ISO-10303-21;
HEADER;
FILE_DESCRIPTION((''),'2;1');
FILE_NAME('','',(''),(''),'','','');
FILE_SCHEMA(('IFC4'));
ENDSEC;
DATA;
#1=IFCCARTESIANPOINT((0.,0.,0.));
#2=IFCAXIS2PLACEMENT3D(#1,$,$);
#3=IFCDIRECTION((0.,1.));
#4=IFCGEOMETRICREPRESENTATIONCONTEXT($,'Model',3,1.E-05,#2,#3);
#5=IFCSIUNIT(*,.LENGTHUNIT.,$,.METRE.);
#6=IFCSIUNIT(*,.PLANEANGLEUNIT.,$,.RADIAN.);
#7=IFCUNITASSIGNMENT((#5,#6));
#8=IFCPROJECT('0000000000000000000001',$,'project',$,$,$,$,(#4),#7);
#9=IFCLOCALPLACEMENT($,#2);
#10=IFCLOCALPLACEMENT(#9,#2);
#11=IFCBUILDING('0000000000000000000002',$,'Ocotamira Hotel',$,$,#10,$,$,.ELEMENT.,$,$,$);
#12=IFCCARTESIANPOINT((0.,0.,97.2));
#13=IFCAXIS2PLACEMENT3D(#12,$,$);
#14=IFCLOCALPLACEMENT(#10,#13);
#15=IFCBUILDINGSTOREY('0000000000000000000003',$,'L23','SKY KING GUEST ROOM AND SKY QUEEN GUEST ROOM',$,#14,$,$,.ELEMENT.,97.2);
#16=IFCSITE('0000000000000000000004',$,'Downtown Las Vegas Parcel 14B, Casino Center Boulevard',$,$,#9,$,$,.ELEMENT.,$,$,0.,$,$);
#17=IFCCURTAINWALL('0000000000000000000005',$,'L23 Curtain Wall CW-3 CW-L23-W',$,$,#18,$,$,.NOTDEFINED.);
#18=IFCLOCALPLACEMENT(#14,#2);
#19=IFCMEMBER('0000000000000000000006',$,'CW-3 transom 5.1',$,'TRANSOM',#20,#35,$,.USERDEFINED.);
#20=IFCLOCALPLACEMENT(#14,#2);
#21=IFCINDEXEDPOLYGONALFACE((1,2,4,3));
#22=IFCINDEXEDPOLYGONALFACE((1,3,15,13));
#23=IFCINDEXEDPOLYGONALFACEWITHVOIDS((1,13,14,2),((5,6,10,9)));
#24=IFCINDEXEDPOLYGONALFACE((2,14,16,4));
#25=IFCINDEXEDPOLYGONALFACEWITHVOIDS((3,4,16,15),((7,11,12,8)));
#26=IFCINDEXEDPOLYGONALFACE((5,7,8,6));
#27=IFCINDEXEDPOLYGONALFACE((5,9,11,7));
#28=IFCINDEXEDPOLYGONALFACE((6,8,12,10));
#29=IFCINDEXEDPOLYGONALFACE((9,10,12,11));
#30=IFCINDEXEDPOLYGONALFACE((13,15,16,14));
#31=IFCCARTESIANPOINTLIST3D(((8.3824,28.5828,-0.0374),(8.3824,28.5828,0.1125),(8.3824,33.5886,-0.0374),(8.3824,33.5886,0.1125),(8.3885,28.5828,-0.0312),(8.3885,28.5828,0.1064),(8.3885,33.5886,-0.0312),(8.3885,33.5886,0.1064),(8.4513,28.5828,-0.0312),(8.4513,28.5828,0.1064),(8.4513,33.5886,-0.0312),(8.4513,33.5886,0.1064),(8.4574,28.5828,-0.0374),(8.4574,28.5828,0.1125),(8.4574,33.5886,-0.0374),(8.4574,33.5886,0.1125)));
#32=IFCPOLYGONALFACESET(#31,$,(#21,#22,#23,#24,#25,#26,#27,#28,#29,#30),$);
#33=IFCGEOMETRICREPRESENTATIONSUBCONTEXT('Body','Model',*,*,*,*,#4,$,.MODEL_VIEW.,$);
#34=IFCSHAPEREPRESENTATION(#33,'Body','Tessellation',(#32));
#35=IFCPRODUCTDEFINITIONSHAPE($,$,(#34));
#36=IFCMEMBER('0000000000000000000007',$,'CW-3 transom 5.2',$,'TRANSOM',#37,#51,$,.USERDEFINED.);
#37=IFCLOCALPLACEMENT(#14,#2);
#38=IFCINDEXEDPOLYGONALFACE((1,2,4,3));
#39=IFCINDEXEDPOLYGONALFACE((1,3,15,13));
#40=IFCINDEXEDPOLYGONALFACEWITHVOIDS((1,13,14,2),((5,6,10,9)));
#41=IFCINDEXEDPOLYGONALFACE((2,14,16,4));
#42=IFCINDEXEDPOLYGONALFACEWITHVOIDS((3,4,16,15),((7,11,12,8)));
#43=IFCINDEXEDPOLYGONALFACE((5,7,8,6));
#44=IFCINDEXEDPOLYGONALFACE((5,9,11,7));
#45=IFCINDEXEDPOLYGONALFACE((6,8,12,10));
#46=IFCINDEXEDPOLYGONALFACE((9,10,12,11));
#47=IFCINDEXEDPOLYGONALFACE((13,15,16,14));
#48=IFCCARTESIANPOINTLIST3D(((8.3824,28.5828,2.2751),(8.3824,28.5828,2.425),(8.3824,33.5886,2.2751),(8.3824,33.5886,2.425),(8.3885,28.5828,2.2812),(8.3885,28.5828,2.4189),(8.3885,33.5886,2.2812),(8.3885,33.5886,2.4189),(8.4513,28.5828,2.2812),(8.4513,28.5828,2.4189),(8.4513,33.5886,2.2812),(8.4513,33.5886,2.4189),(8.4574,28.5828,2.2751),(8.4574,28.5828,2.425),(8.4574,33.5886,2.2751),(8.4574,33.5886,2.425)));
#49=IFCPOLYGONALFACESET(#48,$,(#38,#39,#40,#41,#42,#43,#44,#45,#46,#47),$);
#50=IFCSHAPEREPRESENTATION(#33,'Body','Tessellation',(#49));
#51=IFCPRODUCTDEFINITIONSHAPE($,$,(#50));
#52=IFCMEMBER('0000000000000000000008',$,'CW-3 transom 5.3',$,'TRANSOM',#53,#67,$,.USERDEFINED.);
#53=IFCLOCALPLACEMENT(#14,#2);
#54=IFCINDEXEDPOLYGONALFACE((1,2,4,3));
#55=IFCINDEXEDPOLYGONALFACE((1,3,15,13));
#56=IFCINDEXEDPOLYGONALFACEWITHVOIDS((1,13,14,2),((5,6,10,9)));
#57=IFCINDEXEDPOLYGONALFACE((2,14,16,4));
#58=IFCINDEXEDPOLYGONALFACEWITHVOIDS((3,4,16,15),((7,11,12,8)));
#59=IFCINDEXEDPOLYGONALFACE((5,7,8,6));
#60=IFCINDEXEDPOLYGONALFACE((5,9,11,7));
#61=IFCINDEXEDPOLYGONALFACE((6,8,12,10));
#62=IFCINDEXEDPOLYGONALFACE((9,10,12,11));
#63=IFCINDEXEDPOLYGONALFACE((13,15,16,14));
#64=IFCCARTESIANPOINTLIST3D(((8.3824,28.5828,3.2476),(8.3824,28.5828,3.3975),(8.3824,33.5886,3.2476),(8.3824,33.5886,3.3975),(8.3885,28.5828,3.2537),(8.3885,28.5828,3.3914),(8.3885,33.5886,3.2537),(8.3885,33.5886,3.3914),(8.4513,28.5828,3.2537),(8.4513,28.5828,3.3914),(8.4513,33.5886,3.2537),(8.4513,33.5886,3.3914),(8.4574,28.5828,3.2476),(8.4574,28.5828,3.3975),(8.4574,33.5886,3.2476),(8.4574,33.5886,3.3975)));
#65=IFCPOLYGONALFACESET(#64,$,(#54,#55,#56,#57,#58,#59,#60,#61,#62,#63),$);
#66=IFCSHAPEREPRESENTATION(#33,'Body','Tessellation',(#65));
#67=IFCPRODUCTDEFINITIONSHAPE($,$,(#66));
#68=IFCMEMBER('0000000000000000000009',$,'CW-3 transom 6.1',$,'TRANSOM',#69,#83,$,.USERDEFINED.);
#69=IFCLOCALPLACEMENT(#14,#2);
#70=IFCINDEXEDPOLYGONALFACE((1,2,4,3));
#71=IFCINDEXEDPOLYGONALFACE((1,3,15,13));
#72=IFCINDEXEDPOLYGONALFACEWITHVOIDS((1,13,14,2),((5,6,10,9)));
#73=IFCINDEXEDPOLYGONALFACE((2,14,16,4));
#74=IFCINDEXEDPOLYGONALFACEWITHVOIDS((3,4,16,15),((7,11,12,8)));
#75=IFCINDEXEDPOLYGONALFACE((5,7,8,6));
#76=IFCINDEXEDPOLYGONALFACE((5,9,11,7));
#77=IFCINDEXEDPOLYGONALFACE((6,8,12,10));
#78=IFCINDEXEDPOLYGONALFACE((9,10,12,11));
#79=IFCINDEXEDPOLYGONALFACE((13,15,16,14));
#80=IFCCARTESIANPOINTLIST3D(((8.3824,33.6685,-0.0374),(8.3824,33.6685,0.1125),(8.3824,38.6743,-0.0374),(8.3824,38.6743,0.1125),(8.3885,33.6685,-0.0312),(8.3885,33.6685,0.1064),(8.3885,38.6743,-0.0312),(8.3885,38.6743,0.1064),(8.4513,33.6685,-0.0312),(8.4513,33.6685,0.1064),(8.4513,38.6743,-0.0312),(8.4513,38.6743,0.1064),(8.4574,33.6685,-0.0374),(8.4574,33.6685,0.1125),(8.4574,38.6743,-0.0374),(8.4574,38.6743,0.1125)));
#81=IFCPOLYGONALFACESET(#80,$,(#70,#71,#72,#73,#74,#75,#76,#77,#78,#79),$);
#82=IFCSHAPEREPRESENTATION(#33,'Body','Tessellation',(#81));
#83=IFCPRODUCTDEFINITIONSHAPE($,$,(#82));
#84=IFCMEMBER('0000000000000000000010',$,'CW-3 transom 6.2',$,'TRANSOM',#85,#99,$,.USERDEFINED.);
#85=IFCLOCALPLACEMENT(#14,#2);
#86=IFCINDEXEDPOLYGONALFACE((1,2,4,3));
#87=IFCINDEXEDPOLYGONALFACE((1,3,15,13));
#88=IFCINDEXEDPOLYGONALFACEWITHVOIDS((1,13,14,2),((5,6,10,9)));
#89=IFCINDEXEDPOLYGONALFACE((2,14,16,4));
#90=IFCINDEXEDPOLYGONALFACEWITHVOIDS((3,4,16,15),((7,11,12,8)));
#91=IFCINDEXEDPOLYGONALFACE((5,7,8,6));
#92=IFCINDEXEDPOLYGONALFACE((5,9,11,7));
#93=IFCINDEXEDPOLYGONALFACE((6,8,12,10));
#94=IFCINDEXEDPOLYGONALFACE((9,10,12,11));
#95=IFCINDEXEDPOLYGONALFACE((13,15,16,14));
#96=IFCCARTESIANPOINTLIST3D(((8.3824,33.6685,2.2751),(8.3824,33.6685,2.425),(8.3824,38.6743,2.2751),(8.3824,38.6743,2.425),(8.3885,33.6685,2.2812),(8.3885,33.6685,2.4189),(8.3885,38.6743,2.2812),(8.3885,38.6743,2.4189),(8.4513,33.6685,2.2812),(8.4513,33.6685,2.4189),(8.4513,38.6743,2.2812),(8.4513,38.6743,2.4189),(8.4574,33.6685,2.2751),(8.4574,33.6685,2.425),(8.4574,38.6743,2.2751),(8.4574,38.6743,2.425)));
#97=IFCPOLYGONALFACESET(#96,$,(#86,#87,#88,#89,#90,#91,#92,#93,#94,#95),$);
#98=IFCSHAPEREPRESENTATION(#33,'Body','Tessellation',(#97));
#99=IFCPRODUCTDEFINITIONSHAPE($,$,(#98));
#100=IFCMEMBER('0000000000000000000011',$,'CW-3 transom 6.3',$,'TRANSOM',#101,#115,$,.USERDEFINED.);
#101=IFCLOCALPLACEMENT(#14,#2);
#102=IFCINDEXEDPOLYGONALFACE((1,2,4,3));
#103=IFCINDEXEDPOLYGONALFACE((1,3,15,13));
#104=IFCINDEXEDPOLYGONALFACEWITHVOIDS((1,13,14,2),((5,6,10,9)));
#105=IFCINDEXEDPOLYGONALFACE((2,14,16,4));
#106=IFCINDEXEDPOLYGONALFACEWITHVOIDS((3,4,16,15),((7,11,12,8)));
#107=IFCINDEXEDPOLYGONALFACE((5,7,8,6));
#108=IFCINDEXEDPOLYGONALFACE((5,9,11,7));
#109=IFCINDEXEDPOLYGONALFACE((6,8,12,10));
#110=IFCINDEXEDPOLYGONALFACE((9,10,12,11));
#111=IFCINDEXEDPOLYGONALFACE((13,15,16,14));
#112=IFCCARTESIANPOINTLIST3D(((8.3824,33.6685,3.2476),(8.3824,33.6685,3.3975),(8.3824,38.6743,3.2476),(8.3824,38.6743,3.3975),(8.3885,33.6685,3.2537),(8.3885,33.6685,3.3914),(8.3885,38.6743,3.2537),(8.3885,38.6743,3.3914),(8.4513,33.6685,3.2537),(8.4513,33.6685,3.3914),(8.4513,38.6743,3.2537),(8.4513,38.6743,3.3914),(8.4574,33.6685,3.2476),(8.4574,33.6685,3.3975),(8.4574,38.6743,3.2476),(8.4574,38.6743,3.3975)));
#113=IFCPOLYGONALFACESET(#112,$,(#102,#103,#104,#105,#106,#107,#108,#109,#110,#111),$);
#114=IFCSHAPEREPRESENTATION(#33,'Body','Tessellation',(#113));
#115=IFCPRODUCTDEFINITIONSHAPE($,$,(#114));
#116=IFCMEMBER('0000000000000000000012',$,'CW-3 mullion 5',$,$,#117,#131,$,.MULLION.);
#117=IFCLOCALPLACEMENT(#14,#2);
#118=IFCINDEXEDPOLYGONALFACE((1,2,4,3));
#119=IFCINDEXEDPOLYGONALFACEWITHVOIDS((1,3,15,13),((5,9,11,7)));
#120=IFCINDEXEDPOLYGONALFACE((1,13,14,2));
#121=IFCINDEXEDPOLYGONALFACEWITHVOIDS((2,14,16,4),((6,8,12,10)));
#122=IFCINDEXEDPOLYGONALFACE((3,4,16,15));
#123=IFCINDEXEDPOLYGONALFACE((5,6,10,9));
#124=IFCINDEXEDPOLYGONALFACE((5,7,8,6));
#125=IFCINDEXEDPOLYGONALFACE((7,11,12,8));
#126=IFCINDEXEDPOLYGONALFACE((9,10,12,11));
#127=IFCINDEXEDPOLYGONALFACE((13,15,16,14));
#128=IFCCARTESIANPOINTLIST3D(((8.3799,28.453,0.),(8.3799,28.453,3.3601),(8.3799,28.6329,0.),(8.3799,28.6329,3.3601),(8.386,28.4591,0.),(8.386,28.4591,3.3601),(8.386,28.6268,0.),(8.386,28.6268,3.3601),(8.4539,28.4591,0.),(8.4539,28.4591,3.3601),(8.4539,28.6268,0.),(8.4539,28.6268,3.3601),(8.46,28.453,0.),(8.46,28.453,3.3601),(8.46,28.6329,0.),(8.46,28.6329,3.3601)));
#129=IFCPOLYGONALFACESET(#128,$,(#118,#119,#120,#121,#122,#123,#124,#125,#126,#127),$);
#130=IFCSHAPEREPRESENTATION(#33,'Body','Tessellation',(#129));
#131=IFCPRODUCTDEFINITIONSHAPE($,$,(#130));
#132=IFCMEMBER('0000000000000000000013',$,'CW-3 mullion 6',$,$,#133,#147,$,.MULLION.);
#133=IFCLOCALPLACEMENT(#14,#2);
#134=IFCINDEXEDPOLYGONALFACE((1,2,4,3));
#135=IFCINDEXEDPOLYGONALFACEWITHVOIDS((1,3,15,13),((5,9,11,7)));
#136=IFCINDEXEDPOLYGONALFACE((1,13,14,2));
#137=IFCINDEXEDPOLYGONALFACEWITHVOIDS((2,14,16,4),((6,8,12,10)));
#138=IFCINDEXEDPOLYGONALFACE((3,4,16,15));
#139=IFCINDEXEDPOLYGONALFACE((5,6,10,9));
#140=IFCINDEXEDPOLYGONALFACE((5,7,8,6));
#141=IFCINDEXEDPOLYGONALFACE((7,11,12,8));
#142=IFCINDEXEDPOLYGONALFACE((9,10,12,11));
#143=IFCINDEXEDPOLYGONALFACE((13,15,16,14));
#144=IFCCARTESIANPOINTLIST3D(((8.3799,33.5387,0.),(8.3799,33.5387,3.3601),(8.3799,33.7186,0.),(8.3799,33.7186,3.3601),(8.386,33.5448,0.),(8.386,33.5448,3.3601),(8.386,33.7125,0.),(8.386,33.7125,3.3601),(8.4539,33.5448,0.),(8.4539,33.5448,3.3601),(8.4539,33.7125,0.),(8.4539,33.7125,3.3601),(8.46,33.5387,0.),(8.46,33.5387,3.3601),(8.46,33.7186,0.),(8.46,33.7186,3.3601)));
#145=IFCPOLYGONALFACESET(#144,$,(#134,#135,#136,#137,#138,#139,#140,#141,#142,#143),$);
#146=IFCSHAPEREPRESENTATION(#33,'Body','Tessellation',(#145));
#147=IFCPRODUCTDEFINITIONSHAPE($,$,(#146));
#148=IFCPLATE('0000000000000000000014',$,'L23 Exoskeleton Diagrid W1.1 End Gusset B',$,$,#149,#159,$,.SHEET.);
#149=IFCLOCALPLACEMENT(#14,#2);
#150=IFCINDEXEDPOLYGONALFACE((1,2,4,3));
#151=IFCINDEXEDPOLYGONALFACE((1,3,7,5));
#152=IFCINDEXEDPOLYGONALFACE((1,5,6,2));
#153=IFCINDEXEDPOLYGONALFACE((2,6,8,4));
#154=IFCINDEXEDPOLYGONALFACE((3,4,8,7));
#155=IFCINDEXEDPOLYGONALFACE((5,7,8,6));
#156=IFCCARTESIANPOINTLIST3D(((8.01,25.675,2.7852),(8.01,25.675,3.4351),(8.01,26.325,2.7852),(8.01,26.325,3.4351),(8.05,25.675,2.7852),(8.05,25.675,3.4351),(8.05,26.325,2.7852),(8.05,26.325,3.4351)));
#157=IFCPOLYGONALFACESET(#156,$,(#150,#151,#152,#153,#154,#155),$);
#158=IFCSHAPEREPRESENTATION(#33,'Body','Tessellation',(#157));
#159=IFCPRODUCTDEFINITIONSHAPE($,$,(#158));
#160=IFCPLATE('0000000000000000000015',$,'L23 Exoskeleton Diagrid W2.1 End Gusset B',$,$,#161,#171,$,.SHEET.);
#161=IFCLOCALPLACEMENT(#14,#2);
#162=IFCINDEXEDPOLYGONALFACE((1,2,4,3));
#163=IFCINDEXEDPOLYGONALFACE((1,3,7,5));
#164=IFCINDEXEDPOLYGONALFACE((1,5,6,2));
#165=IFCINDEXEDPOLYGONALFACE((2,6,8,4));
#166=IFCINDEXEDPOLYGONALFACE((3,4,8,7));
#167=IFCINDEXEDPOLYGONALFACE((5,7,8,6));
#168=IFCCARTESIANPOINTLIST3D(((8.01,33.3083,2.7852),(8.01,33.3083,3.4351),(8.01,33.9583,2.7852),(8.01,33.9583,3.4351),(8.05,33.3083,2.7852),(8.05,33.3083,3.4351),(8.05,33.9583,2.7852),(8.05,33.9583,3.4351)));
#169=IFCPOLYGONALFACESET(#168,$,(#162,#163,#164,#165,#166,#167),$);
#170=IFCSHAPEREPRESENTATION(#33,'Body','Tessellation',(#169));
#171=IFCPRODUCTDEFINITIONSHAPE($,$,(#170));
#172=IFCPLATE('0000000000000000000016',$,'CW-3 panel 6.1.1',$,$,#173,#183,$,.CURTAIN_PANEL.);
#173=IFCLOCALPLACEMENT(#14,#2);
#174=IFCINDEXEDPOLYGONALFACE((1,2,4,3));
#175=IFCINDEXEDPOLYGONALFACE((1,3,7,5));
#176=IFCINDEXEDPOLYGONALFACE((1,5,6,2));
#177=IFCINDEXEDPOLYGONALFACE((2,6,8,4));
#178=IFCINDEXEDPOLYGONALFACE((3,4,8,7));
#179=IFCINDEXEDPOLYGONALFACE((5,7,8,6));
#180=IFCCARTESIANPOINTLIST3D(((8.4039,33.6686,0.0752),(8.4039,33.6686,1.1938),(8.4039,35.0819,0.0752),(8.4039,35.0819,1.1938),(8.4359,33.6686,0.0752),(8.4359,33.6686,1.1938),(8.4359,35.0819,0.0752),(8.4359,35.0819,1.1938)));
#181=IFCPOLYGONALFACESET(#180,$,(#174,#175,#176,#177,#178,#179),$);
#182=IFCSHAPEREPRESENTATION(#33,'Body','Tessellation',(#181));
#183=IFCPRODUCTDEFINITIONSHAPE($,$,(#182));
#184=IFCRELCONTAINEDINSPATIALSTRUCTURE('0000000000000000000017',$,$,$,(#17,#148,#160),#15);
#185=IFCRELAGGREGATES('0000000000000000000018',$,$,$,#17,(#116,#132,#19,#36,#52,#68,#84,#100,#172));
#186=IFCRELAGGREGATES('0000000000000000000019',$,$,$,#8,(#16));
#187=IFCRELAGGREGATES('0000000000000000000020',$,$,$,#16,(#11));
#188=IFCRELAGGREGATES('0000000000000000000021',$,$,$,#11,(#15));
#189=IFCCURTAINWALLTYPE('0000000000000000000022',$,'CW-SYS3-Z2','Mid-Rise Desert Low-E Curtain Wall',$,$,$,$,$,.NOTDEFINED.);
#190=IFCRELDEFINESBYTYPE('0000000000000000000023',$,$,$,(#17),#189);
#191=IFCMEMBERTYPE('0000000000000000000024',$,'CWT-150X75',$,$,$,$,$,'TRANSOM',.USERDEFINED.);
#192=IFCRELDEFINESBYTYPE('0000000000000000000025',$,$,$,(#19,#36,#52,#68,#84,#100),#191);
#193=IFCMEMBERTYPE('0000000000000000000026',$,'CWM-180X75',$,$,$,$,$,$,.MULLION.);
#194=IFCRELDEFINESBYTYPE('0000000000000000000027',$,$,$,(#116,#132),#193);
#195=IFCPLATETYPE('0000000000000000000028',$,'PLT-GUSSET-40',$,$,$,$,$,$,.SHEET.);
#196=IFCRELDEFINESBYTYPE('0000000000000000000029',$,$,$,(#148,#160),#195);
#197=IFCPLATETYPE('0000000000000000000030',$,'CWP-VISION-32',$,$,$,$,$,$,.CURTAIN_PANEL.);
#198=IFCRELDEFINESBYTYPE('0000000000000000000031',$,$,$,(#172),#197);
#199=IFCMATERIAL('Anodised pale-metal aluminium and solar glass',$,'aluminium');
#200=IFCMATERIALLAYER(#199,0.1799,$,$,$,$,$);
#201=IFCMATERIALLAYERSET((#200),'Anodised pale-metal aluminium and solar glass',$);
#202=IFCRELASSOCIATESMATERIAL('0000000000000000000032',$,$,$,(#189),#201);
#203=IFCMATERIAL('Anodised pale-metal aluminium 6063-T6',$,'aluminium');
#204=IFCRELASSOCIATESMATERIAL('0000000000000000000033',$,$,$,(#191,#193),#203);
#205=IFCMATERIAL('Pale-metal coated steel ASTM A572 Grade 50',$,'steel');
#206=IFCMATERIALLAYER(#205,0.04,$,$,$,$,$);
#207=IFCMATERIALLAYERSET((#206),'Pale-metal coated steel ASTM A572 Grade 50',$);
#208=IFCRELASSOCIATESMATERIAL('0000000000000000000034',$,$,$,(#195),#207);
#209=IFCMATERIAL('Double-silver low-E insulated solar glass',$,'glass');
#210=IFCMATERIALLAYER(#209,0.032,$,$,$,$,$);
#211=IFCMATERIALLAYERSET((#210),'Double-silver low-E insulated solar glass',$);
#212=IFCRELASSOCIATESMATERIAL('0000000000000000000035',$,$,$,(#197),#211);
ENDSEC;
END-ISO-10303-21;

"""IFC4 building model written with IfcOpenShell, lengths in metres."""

from ifc_helpers import new_model, si_unit, direction, frame, origin, origin_2d, place, context, subcontext, project, spatial, rectangle, hollow_rectangle, extrude, source, transform, mapped, material, layer, layer_set, material_profile, profile_set, type_object, element, aggregate, save


model = new_model("IFC4")

# Units and contexts
model_context = context("Model", 3, precision=1e-05, world=origin(), true_north=direction((0.0, 1.0)))
body_context = subcontext(model_context, "Body", "Model", "MODEL_VIEW")
ifc_project = project(units=[si_unit("LENGTHUNIT", "METRE"), si_unit("PLANEANGLEUNIT", "RADIAN")], contexts=[model_context])

# Site, building, storey
site_placement = place(None, origin())
site = spatial("IfcSite", under=ifc_project, at=site_placement, Name="Downtown Las Vegas Parcel 14B, Casino Center Boulevard", CompositionType="ELEMENT", RefElevation=0.0)
building_placement = place(site_placement, origin())
building = spatial("IfcBuilding", under=site, at=building_placement, Name="Ocotamira Hotel", CompositionType="ELEMENT")
storey_placement = place(building_placement, frame((0.0, 0.0, 97.2)))
storey = spatial("IfcBuildingStorey", under=building, at=storey_placement, Name="L23", Description="SKY KING GUEST ROOM AND SKY QUEEN GUEST ROOM", CompositionType="ELEMENT", Elevation=97.2)

# Curtain wall, members
ifc_material_1 = material(Name="Anodised pale-metal aluminium and solar glass", Category="aluminium")
ifc_layer_1 = layer(ifc_material_1, 0.1799)
ifc_layer_set_1 = layer_set([ifc_layer_1], Name="Anodised pale-metal aluminium and solar glass")
curtain_wall_type = type_object("IfcCurtainWallType", Name="CW-SYS3-Z2", Description="Mid-Rise Desert Low-E Curtain Wall", PredefinedType="NOTDEFINED", material=ifc_layer_set_1)
curtain_wall_placement = place(storey_placement, origin())
curtain_wall = element("IfcCurtainWall", 1, at=curtain_wall_placement, inside=storey, type_object=curtain_wall_type, Name="L23 Curtain Wall CW-3 CW-L23-W", PredefinedType="NOTDEFINED")
ifc_material_2 = material(Name="Anodised pale-metal aluminium 6063-T6", Category="aluminium")
ifc_material_profile_1 = material_profile(ifc_material_2, hollow_rectangle(XDim=0.075, YDim=0.1499, WallThickness=0.0061, at=origin_2d()), Name="HSS150X75X6")
ifc_profile_set_1 = profile_set([ifc_material_profile_1], Name="Anodised pale-metal aluminium 6063-T6")
member_type_1 = type_object("IfcMemberType", Name="CWT-150X75", ElementType="TRANSOM", PredefinedType="USERDEFINED", material=ifc_profile_set_1)
shared_shape_1 = source(origin(), body_context, "Body", "SweptSolid", [
    extrude(hollow_rectangle(XDim=0.075, YDim=0.1499, WallThickness=0.0061, at=origin_2d()), origin(), (0.0, 0.0, 1.0), 5.0059),
])
member_1_placement = place(storey_placement, frame((8.4199, 28.5828, 0.0376), z_axis=(0.0, 1.0, 0.0), x_axis=(-1.0, 0.0, 0.0)))
member_1 = element("IfcMember", 2, at=member_1_placement, type_object=member_type_1, Name="CW-3 transom 5.1", ObjectType="TRANSOM", PredefinedType="USERDEFINED", context=body_context, shape_type="MappedRepresentation", body=[
    mapped(shared_shape_1, transform((0.0, 0.0, 0.0), scale=1.0)),
])
member_2_placement = place(storey_placement, frame((8.4199, 28.5828, 2.3501), z_axis=(0.0, 1.0, 0.0), x_axis=(-1.0, 0.0, 0.0)))
member_2 = element("IfcMember", 3, at=member_2_placement, type_object=member_type_1, Name="CW-3 transom 5.2", ObjectType="TRANSOM", PredefinedType="USERDEFINED", context=body_context, shape_type="MappedRepresentation", body=[
    mapped(shared_shape_1, transform((0.0, 0.0, 0.0), scale=1.0)),
])
member_3_placement = place(storey_placement, frame((8.4199, 28.5828, 3.3225), z_axis=(0.0, 1.0, 0.0), x_axis=(-1.0, 0.0, 0.0)))
member_3 = element("IfcMember", 4, at=member_3_placement, type_object=member_type_1, Name="CW-3 transom 5.3", ObjectType="TRANSOM", PredefinedType="USERDEFINED", context=body_context, shape_type="MappedRepresentation", body=[
    mapped(shared_shape_1, transform((0.0, 0.0, 0.0), scale=1.0)),
])
member_4_placement = place(storey_placement, frame((8.4199, 33.6685, 0.0376), z_axis=(0.0, 1.0, 0.0), x_axis=(-1.0, 0.0, 0.0)))
member_4 = element("IfcMember", 5, at=member_4_placement, type_object=member_type_1, Name="CW-3 transom 6.1", ObjectType="TRANSOM", PredefinedType="USERDEFINED", context=body_context, shape_type="MappedRepresentation", body=[
    mapped(shared_shape_1, transform((0.0, 0.0, 0.0), scale=1.0)),
])
member_5_placement = place(storey_placement, frame((8.4199, 33.6685, 2.3501), z_axis=(0.0, 1.0, 0.0), x_axis=(-1.0, 0.0, 0.0)))
member_5 = element("IfcMember", 6, at=member_5_placement, type_object=member_type_1, Name="CW-3 transom 6.2", ObjectType="TRANSOM", PredefinedType="USERDEFINED", context=body_context, shape_type="MappedRepresentation", body=[
    mapped(shared_shape_1, transform((0.0, 0.0, 0.0), scale=1.0)),
])
member_6_placement = place(storey_placement, frame((8.4199, 33.6685, 3.3225), z_axis=(0.0, 1.0, 0.0), x_axis=(-1.0, 0.0, 0.0)))
member_6 = element("IfcMember", 7, at=member_6_placement, type_object=member_type_1, Name="CW-3 transom 6.3", ObjectType="TRANSOM", PredefinedType="USERDEFINED", context=body_context, shape_type="MappedRepresentation", body=[
    mapped(shared_shape_1, transform((0.0, 0.0, 0.0), scale=1.0)),
])
ifc_material_profile_2 = material_profile(ifc_material_2, hollow_rectangle(XDim=0.0801, YDim=0.1799, WallThickness=0.0061, at=origin_2d()), Name="HSS180X80X6")
ifc_profile_set_2 = profile_set([ifc_material_profile_2], Name="Anodised pale-metal aluminium 6063-T6")
member_type_2 = type_object("IfcMemberType", Name="CWM-180X75", PredefinedType="MULLION", material=ifc_profile_set_2)
shared_shape_2 = source(origin(), body_context, "Body", "SweptSolid", [
    extrude(hollow_rectangle(XDim=0.0801, YDim=0.1799, WallThickness=0.0061, at=origin_2d()), origin(), (0.0, 0.0, 1.0), 3.3601),
])
member_7_placement = place(storey_placement, frame((8.4199, 28.543, 0.0), z_axis=(0.0, 0.0, 1.0), x_axis=(-1.0, 0.0, 0.0)))
member_7 = element("IfcMember", 8, at=member_7_placement, type_object=member_type_2, Name="CW-3 mullion 5", PredefinedType="MULLION", context=body_context, shape_type="MappedRepresentation", body=[
    mapped(shared_shape_2, transform((0.0, 0.0, 0.0), scale=1.0)),
])
member_8_placement = place(storey_placement, frame((8.4199, 33.6287, 0.0), z_axis=(0.0, 0.0, 1.0), x_axis=(-1.0, 0.0, 0.0)))
member_8 = element("IfcMember", 9, at=member_8_placement, type_object=member_type_2, Name="CW-3 mullion 6", PredefinedType="MULLION", context=body_context, shape_type="MappedRepresentation", body=[
    mapped(shared_shape_2, transform((0.0, 0.0, 0.0), scale=1.0)),
])

# Plates
ifc_material_3 = material(Name="Pale-metal coated steel ASTM A572 Grade 50", Category="steel")
ifc_layer_2 = layer(ifc_material_3, 0.04)
ifc_layer_set_2 = layer_set([ifc_layer_2], Name="Pale-metal coated steel ASTM A572 Grade 50")
plate_type_1 = type_object("IfcPlateType", Name="PLT-GUSSET-40", PredefinedType="SHEET", material=ifc_layer_set_2)
shared_shape_3 = source(origin(), body_context, "Body", "SweptSolid", [
    extrude(rectangle(XDim=0.04, YDim=0.6499, at=origin_2d()), origin(), (0.0, 0.0, 1.0), 0.6499),
])
for number, where, z_axis, x_axis, name in (
    (10, (8.03, 26.0, 2.7852), (0.0, 0.0, 1.0), (1.0, 0.0, 0.0), "L23 Exoskeleton Diagrid W1.1 End Gusset B"),
    (11, (8.03, 33.6333, 2.7852), (0.0, 0.0, 1.0), (1.0, 0.0, 0.0), "L23 Exoskeleton Diagrid W2.1 End Gusset B"),
):
    element("IfcPlate", number, at=place(storey_placement, frame(where, z_axis=z_axis, x_axis=x_axis)), inside=storey, type_object=plate_type_1, Name=name, PredefinedType="SHEET", context=body_context, shape_type="MappedRepresentation", body=[
        mapped(shared_shape_3, transform((0.0, 0.0, 0.0), scale=1.0)),
    ])

# Plate
ifc_material_4 = material(Name="Double-silver low-E insulated solar glass", Category="glass")
ifc_layer_3 = layer(ifc_material_4, 0.032)
ifc_layer_set_3 = layer_set([ifc_layer_3], Name="Double-silver low-E insulated solar glass")
plate_type_2 = type_object("IfcPlateType", Name="CWP-VISION-32", PredefinedType="CURTAIN_PANEL", material=ifc_layer_set_3)
shared_shape_4 = source(origin(), body_context, "Body", "SweptSolid", [
    extrude(rectangle(XDim=1.4133, YDim=0.032, at=origin_2d()), origin(), (0.0, 0.0, 1.0), 1.1187),
])
plate_1_placement = place(storey_placement, frame((8.4199, 34.3752, 0.0752), z_axis=(0.0, 0.0, 1.0), x_axis=(0.0, 1.0, 0.0)))
plate_1 = element("IfcPlate", 12, at=plate_1_placement, type_object=plate_type_2, Name="CW-3 panel 6.1.1", PredefinedType="CURTAIN_PANEL", context=body_context, shape_type="MappedRepresentation", body=[
    mapped(shared_shape_4, transform((0.0, 0.0, 0.0), scale=1.0)),
])
aggregate(curtain_wall, [member_7, member_8, member_1, member_2, member_3, member_4, member_5, member_6, plate_1])

save(model, "model.ifc")
